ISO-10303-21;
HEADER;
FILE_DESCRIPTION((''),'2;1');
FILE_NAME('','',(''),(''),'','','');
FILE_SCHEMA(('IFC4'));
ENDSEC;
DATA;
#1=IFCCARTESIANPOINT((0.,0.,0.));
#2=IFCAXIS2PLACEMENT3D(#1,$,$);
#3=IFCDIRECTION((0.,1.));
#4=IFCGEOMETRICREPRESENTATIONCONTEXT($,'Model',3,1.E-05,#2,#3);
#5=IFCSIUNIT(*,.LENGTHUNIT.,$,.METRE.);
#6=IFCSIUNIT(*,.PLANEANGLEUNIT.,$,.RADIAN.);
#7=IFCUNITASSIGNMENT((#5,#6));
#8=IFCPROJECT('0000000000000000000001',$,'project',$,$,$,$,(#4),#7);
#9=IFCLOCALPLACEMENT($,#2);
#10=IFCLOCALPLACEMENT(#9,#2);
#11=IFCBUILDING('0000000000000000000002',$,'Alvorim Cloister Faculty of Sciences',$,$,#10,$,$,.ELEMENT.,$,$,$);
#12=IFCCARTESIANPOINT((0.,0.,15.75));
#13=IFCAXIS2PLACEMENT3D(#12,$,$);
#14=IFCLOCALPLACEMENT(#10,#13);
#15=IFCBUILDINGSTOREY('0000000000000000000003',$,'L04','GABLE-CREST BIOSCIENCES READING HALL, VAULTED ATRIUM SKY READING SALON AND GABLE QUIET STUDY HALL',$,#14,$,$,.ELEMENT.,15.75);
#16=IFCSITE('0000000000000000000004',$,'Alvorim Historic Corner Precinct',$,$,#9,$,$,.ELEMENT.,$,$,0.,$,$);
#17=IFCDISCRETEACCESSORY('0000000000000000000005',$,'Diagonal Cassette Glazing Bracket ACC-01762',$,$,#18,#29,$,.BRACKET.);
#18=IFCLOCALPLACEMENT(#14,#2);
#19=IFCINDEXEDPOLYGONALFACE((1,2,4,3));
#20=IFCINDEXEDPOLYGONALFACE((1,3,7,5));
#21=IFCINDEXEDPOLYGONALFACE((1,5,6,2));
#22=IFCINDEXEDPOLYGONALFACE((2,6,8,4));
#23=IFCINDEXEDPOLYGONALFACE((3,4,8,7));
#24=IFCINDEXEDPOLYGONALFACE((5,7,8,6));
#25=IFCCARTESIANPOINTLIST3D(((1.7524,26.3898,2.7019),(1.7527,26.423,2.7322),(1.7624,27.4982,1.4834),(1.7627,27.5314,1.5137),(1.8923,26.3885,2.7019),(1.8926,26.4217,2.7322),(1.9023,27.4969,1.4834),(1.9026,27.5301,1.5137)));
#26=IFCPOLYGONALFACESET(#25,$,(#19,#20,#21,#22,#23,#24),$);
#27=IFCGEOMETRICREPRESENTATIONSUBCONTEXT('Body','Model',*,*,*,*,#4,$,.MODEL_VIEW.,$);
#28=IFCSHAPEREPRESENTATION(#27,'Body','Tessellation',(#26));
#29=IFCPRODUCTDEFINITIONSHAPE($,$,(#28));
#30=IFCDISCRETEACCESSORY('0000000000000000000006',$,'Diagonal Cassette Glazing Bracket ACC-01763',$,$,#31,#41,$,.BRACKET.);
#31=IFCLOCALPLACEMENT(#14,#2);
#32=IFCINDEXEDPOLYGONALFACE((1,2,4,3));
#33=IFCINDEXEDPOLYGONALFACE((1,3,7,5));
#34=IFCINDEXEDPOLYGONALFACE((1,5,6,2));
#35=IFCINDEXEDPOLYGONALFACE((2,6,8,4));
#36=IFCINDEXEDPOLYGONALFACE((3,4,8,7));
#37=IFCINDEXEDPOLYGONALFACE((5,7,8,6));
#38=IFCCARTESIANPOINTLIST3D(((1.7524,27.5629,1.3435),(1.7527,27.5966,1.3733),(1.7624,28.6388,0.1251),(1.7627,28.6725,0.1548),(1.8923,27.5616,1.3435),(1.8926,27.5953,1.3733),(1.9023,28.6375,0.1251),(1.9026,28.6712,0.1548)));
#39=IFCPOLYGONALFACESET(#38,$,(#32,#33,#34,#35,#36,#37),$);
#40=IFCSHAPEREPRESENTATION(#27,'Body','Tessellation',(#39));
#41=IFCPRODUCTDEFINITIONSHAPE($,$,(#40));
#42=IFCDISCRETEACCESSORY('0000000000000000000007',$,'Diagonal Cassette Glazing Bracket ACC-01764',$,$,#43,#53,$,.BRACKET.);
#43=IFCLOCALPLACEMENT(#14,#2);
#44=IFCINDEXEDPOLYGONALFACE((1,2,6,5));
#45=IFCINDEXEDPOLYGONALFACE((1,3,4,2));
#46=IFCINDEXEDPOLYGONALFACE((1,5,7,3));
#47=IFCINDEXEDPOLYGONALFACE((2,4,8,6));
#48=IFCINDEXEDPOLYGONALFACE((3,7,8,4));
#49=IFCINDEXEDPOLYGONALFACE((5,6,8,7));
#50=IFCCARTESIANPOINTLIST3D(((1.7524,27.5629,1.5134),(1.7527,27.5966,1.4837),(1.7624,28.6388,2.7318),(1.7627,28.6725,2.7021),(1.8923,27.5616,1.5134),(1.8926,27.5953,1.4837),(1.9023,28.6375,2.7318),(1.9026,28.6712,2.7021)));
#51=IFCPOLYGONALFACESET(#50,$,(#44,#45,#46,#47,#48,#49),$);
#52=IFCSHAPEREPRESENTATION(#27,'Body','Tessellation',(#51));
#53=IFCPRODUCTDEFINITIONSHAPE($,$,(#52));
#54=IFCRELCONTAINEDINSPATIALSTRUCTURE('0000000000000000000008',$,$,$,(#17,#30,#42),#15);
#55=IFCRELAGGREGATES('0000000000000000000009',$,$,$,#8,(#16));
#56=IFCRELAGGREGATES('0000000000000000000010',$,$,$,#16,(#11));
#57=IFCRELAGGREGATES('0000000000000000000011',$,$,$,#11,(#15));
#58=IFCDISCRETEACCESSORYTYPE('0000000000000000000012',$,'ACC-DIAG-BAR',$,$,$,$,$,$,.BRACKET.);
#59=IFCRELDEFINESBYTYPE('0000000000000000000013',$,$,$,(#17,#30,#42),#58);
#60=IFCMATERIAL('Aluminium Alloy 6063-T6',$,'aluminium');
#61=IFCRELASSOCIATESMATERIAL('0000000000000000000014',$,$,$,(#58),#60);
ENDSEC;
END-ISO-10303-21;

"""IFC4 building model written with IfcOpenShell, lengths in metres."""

from ifc_helpers import new_model, si_unit, direction, frame, origin, origin_2d, place, context, subcontext, project, spatial, rectangle, extrude, material, type_object, element, save


model = new_model("IFC4")

# Units and contexts
model_context = context("Model", 3, precision=1e-05, world=origin(), true_north=direction((0.0, 1.0)))
body_context = subcontext(model_context, "Body", "Model", "MODEL_VIEW")
ifc_project = project(units=[si_unit("LENGTHUNIT", "METRE"), si_unit("PLANEANGLEUNIT", "RADIAN")], contexts=[model_context])

# Site, building, storey
site_placement = place(None, origin())
site = spatial("IfcSite", under=ifc_project, at=site_placement, Name="Alvorim Historic Corner Precinct", CompositionType="ELEMENT", RefElevation=0.0)
building_placement = place(site_placement, origin())
building = spatial("IfcBuilding", under=site, at=building_placement, Name="Alvorim Cloister Faculty of Sciences", CompositionType="ELEMENT")
storey_placement = place(building_placement, frame((0.0, 0.0, 15.75)))
storey = spatial("IfcBuildingStorey", under=building, at=storey_placement, Name="L04", Description="GABLE-CREST BIOSCIENCES READING HALL, VAULTED ATRIUM SKY READING SALON AND GABLE QUIET STUDY HALL", CompositionType="ELEMENT", Elevation=15.75)

# Shared definitions
ifc_material_1 = material(Name="Aluminium Alloy 6063-T6", Category="aluminium")

# Discrete accessories
discrete_accessory_type = type_object("IfcDiscreteAccessoryType", Name="ACC-DIAG-BAR", PredefinedType="BRACKET", material=ifc_material_1)
for number, where, z_axis, x_axis, name in (
    (1, (1.8225, 26.4058, 2.717), (0.006077, 0.672882, -0.739725), (-0.999959, 0.00903, 0.0), "Diagonal Cassette Glazing Bracket ACC-01762"),
):
    element("IfcDiscreteAccessory", number, at=place(storey_placement, frame(where, z_axis=z_axis, x_axis=x_axis)), inside=storey, type_object=discrete_accessory_type, Name=name, PredefinedType="BRACKET", context=body_context, shape_type="SweptSolid", body=[
        extrude(rectangle(XDim=0.1399, YDim=0.0449, at=origin_2d()), origin(), (0.0, 0.0, 1.0), 1.6472),
    ])
for number, where, z_axis, x_axis, name in (
    (2, (1.8225, 27.5791, 1.3584), (0.006158, 0.661877, -0.749587), (-0.999957, 0.009303, 0.0), "Diagonal Cassette Glazing Bracket ACC-01763"),
    (3, (1.8225, 27.5791, 1.4985), (0.006158, 0.661877, 0.749587), (-0.999957, 0.009303, 0.0), "Diagonal Cassette Glazing Bracket ACC-01764"),
):
    element("IfcDiscreteAccessory", number, at=place(storey_placement, frame(where, z_axis=z_axis, x_axis=x_axis)), inside=storey, type_object=discrete_accessory_type, Name=name, PredefinedType="BRACKET", context=body_context, shape_type="SweptSolid", body=[
        extrude(rectangle(XDim=0.1399, YDim=0.0449, at=origin_2d()), origin(), (0.0, 0.0, 1.0), 1.6255),
    ])

save(model, "model.ifc")
